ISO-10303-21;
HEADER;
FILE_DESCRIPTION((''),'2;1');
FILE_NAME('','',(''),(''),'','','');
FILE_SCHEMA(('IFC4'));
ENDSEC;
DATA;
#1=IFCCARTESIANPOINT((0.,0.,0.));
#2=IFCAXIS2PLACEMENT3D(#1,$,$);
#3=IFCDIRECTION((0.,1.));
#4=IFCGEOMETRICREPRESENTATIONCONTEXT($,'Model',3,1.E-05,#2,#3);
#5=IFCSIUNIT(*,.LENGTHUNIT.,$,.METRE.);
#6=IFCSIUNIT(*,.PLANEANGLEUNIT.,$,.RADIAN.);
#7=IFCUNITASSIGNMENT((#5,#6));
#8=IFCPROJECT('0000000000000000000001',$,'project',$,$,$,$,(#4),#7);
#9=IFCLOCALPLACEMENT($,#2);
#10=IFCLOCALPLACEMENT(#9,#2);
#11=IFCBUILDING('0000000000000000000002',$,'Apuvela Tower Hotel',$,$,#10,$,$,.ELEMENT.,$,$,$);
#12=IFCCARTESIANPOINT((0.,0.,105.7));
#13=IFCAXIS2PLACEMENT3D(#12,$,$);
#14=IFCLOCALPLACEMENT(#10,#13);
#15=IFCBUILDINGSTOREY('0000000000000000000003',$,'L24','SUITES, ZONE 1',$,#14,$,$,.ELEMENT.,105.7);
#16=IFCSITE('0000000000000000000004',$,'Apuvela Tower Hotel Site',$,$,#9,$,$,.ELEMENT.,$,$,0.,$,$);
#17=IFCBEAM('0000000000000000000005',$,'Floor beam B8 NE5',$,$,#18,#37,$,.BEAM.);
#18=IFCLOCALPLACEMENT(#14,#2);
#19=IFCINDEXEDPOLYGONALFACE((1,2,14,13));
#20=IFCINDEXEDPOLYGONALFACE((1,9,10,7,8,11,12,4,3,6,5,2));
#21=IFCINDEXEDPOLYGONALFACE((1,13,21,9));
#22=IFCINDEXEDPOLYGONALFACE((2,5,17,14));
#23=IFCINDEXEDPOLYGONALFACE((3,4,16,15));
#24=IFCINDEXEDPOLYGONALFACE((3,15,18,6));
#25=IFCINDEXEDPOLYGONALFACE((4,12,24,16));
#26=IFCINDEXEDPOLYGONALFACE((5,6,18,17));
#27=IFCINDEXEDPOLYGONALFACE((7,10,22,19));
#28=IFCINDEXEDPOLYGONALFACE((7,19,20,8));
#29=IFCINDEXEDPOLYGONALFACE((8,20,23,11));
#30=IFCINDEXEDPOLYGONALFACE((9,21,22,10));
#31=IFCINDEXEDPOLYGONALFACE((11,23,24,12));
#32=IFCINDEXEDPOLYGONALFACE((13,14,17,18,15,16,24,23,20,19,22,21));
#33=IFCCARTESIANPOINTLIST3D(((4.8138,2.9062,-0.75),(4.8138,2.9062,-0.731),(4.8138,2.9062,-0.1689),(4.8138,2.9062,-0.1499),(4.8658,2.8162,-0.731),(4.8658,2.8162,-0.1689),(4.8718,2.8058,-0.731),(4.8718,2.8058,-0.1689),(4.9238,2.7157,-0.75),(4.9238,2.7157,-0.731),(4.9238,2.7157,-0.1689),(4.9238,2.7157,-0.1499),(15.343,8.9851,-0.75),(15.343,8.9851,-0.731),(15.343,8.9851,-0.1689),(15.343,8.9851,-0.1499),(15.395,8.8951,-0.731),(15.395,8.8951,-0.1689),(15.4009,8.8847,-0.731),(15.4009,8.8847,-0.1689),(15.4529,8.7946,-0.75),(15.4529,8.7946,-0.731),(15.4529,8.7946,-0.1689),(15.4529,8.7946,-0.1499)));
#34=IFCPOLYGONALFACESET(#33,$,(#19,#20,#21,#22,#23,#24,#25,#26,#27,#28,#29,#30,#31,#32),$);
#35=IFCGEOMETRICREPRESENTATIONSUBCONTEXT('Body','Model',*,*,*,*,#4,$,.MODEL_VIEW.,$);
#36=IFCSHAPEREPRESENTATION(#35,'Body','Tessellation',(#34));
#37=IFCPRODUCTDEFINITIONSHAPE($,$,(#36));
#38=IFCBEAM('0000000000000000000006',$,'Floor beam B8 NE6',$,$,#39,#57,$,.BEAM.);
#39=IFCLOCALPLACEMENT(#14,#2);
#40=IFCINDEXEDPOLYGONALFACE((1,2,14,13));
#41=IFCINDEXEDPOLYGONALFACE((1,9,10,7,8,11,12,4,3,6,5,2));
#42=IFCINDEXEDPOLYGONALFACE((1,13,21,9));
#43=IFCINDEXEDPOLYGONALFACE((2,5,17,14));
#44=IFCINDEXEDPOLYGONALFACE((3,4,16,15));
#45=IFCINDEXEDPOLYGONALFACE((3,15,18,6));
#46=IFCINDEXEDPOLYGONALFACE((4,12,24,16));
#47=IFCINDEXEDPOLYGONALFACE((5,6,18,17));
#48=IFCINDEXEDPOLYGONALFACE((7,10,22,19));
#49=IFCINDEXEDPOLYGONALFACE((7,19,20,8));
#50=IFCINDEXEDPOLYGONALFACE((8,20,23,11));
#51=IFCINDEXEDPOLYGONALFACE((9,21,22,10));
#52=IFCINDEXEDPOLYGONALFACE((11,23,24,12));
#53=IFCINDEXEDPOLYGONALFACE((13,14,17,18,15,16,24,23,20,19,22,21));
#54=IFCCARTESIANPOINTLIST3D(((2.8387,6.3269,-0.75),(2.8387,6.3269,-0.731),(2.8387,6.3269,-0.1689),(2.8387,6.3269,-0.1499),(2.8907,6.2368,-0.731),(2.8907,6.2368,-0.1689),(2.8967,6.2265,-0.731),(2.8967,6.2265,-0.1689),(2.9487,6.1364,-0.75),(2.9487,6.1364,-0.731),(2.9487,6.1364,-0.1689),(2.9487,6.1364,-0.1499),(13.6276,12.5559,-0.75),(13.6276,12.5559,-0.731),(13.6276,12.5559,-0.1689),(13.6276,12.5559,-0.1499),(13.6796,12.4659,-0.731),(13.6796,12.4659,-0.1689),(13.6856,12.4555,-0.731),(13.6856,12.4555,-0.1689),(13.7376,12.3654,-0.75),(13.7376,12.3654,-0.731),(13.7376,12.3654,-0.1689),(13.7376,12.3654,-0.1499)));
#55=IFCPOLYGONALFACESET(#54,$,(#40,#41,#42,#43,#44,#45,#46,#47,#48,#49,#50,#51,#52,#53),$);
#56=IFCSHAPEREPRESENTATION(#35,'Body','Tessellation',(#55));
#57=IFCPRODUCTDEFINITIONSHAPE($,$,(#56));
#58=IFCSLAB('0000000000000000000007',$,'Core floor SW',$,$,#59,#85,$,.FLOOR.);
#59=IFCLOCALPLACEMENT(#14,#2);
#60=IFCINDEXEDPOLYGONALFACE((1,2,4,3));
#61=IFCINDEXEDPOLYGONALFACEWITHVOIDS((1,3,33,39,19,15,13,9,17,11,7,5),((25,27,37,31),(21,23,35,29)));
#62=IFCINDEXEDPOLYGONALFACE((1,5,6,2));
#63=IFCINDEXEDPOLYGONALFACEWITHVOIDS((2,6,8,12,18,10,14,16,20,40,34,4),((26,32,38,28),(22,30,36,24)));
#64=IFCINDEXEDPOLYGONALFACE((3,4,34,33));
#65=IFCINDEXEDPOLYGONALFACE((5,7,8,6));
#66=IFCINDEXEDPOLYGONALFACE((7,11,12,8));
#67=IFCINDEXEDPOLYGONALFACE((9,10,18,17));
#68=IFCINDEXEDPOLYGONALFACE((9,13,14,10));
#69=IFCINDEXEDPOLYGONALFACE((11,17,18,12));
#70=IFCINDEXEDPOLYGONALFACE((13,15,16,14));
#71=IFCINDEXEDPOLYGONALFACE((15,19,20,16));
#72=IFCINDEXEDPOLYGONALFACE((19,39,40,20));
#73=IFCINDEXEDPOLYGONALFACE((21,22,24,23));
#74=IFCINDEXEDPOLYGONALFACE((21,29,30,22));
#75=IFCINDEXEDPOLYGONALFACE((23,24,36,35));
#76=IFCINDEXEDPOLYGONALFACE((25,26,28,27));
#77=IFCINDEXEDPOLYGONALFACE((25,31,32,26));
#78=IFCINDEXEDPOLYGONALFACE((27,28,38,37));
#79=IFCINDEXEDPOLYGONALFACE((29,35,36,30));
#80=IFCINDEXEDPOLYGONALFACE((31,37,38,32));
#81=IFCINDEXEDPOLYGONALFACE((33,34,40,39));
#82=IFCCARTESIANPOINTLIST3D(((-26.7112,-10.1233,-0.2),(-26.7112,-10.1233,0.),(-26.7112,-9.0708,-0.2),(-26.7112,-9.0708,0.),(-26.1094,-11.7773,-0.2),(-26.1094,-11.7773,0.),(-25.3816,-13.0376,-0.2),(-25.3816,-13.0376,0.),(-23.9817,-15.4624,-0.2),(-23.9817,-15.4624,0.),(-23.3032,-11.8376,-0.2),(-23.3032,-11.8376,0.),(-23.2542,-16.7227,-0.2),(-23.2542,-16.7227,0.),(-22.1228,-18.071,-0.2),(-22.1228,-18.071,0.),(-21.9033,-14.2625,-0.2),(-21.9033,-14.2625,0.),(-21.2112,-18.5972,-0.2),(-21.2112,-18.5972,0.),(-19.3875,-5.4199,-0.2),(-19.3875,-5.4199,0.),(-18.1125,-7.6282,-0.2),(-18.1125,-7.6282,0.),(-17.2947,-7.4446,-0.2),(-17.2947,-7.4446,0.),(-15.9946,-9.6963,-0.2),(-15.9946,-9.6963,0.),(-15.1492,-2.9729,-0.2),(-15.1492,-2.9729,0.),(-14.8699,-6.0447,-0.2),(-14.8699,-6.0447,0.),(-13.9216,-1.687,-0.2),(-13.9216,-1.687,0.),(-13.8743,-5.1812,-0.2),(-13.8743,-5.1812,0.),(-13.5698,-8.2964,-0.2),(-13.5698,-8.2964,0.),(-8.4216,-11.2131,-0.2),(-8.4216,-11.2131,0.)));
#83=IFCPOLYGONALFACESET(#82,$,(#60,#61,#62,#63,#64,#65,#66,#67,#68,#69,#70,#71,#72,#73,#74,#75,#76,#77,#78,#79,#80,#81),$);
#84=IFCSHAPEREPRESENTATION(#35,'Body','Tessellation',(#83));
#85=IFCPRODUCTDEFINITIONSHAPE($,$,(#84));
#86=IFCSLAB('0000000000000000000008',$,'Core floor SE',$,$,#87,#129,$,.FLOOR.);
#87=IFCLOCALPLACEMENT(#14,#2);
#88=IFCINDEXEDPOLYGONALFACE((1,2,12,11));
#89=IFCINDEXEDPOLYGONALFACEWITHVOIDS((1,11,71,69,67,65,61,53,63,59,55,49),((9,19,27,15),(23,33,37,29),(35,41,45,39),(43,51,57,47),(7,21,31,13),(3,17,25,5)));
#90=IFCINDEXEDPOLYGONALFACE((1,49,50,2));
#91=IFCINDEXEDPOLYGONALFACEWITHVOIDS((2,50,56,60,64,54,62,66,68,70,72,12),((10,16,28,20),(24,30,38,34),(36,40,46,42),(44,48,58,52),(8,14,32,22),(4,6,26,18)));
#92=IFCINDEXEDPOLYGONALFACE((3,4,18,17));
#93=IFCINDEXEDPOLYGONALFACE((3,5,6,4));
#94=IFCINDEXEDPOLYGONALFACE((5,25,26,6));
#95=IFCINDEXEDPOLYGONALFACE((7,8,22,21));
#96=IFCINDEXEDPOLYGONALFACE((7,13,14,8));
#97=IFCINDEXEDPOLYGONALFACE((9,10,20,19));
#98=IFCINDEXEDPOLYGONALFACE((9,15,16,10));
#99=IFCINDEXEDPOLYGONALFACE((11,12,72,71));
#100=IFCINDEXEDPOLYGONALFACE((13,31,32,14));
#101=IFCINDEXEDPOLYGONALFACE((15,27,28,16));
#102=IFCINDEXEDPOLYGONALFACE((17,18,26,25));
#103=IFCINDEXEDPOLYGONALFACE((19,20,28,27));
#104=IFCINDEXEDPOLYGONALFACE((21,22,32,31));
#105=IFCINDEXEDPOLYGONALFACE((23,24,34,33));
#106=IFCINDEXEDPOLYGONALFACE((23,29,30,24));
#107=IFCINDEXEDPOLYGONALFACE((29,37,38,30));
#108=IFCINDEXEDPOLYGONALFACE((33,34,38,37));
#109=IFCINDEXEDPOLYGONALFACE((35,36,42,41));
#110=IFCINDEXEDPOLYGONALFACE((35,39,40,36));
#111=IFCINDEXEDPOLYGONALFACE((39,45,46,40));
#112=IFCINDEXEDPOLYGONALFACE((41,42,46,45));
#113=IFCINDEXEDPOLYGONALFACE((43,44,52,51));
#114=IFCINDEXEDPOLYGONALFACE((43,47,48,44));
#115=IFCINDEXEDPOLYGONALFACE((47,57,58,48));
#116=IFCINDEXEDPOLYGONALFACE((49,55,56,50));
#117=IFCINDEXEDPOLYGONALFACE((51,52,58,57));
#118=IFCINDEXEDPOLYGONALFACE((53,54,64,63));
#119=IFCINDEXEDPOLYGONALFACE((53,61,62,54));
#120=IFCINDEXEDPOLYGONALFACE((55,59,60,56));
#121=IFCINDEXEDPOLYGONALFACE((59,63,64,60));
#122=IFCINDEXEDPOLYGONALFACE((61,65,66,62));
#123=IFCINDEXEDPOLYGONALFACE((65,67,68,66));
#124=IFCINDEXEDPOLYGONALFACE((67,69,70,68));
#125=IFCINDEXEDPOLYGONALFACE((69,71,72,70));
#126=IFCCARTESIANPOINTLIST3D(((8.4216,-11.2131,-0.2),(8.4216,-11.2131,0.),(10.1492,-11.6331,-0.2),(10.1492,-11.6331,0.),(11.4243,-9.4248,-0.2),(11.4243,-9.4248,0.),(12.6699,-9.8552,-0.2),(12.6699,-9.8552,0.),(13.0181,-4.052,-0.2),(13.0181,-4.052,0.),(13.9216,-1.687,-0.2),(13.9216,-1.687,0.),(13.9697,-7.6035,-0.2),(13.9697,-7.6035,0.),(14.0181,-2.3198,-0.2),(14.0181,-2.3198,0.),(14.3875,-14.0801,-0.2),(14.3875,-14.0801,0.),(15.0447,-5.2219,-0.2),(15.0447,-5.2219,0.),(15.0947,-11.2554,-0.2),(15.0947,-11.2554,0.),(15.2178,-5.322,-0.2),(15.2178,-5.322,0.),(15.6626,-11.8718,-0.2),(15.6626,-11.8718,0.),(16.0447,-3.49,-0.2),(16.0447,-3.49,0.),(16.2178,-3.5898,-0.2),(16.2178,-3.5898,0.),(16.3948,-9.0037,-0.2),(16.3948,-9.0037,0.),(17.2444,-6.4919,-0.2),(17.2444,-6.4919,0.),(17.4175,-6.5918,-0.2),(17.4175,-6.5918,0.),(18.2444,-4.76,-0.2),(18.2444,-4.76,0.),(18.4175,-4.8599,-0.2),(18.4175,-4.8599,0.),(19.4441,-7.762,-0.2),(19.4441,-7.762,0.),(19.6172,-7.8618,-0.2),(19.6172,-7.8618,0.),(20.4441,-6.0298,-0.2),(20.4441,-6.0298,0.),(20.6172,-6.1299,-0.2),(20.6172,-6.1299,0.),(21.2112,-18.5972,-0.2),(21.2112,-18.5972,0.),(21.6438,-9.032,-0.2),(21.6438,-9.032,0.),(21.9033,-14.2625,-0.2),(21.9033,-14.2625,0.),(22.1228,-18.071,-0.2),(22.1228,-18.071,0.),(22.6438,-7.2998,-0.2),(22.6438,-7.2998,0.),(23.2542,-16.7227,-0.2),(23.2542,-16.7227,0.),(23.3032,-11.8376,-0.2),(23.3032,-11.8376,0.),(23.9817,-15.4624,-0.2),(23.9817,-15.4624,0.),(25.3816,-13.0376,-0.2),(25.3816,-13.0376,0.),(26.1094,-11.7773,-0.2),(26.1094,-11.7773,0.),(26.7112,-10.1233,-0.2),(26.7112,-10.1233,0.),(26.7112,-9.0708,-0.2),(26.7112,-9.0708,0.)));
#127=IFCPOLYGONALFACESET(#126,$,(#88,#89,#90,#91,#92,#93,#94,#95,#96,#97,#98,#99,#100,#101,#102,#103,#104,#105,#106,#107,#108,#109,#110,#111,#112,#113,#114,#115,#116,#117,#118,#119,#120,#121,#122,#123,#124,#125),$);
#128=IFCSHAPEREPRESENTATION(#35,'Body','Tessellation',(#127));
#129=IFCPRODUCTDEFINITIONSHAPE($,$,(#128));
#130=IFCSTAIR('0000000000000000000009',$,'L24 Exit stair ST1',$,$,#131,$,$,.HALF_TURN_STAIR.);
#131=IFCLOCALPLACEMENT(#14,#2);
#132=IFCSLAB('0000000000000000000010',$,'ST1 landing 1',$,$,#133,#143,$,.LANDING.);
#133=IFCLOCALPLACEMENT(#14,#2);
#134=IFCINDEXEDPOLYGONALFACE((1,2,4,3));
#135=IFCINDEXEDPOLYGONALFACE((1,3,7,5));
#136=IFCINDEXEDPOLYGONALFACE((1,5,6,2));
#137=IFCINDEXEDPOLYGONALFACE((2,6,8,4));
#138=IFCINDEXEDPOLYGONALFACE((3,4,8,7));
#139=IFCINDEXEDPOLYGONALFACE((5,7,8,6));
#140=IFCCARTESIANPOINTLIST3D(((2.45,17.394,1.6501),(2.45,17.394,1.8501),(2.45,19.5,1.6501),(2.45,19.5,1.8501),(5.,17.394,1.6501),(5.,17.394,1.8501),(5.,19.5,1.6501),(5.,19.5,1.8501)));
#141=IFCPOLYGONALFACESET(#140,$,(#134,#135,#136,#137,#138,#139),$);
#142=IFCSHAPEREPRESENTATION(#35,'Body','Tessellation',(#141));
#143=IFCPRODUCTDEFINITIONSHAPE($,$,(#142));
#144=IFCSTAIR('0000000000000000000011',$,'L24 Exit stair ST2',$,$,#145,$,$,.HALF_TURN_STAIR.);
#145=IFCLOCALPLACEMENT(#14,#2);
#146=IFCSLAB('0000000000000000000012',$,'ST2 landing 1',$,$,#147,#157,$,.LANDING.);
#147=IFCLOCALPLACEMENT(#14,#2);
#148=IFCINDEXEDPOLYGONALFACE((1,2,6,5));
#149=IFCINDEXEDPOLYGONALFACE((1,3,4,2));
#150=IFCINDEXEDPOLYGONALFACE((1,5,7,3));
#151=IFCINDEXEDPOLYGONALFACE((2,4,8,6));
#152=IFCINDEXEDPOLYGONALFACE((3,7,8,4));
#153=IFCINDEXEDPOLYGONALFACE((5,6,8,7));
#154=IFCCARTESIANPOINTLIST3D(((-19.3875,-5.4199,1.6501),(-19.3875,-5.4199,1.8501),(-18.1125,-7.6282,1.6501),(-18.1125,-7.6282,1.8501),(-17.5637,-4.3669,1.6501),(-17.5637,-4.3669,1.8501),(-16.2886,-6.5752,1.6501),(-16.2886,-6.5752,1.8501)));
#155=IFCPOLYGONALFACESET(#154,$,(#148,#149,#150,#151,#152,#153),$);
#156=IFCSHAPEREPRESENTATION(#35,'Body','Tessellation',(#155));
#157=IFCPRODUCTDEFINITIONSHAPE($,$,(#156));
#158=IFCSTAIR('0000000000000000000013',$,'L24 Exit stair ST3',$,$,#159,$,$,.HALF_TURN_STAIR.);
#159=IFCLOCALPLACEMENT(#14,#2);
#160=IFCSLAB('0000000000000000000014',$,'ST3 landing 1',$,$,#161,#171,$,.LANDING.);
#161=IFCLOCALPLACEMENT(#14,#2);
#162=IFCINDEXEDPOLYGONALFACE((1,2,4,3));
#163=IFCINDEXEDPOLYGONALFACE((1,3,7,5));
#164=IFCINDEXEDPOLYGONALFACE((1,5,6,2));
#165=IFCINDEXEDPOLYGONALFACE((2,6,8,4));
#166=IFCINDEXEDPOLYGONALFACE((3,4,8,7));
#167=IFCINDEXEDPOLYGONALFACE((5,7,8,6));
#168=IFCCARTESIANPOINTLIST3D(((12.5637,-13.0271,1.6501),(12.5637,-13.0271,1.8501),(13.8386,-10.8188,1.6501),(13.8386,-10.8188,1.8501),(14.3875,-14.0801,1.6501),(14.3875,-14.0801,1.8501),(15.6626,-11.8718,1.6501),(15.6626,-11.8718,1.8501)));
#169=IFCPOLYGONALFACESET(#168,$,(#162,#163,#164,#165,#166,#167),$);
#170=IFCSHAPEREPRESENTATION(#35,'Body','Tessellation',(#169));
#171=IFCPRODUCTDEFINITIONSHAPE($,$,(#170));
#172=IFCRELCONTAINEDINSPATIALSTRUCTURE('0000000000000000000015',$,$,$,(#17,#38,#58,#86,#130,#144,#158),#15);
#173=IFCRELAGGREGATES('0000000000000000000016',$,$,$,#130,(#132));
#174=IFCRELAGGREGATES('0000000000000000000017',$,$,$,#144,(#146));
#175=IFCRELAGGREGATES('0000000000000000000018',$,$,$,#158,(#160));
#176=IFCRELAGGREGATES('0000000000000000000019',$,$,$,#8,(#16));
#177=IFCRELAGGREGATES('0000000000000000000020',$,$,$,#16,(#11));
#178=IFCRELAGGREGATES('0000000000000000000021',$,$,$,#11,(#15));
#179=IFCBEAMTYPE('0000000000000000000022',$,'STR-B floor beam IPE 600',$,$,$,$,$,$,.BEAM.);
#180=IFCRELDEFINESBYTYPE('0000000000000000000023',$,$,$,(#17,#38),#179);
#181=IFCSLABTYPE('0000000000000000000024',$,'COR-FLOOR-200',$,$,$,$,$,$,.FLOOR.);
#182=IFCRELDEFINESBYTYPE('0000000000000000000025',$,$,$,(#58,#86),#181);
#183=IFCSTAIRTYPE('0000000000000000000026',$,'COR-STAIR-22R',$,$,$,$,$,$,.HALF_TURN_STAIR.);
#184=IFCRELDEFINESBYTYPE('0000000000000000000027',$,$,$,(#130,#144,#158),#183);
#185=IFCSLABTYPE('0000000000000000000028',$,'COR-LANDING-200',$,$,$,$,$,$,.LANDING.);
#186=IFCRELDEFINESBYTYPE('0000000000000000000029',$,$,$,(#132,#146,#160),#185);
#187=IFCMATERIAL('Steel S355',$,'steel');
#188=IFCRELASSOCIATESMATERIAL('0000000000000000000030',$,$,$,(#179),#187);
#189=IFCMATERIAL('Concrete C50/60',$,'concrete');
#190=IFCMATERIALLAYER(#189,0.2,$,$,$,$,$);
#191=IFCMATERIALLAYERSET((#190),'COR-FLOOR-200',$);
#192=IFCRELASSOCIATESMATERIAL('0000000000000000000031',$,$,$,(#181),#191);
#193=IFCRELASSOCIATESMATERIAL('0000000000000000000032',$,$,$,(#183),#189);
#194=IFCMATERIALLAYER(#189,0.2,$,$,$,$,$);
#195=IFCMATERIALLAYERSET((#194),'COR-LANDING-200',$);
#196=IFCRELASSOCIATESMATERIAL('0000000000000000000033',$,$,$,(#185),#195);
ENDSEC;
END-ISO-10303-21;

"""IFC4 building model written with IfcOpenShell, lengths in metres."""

from ifc_helpers import new_model, si_unit, direction, frame, origin, origin_2d, place, context, subcontext, project, spatial, polyline, i_section, outline, extrude, material, layer, layer_set, material_profile, profile_set, type_object, element, aggregate, save


model = new_model("IFC4")

# Units and contexts
model_context = context("Model", 3, precision=1e-05, world=origin(), true_north=direction((0.0, 1.0)))
body_context = subcontext(model_context, "Body", "Model", "MODEL_VIEW")
ifc_project = project(units=[si_unit("LENGTHUNIT", "METRE"), si_unit("PLANEANGLEUNIT", "RADIAN")], contexts=[model_context])

# Site, building, storey
site_placement = place(None, origin())
site = spatial("IfcSite", under=ifc_project, at=site_placement, Name="Apuvela Tower Hotel Site", CompositionType="ELEMENT", RefElevation=0.0)
building_placement = place(site_placement, origin())
building = spatial("IfcBuilding", under=site, at=building_placement, Name="Apuvela Tower Hotel", CompositionType="ELEMENT")
storey_placement = place(building_placement, frame((0.0, 0.0, 105.7)))
storey = spatial("IfcBuildingStorey", under=building, at=storey_placement, Name="L24", Description="SUITES, ZONE 1", CompositionType="ELEMENT", Elevation=105.7)

# Beams
ifc_material_1 = material(Name="Steel S355", Category="steel")
ifc_material_profile = material_profile(ifc_material_1, i_section(OverallWidth=0.22, OverallDepth=0.6001, WebThickness=0.012, FlangeThickness=0.019, at=origin_2d()), Name="IPE 600")
ifc_profile_set = profile_set([ifc_material_profile], Name="Steel S355")
beam_type = type_object("IfcBeamType", Name="STR-B floor beam IPE 600", PredefinedType="BEAM", material=ifc_profile_set)
beam_1_placement = place(storey_placement, frame((15.3979, 8.8899, -0.45), z_axis=(-0.866029, -0.499994, 0.0), x_axis=(0.499994, -0.866029, 0.0)))
element("IfcBeam", 1, at=beam_1_placement, inside=storey, type_object=beam_type, Name="Floor beam B8 NE5", PredefinedType="BEAM", context=body_context, shape_type="SweptSolid", body=[
    extrude(i_section(OverallWidth=0.22, OverallDepth=0.6001, WebThickness=0.012, FlangeThickness=0.019, at=origin_2d()), origin(), (0.0, 0.0, 1.0), 12.158),
])
beam_2_placement = place(storey_placement, frame((13.6826, 12.4607, -0.45), z_axis=(-0.866023, -0.500005, 0.0), x_axis=(0.500005, -0.866023, 0.0)))
element("IfcBeam", 2, at=beam_2_placement, inside=storey, type_object=beam_type, Name="Floor beam B8 NE6", PredefinedType="BEAM", context=body_context, shape_type="SweptSolid", body=[
    extrude(i_section(OverallWidth=0.22, OverallDepth=0.6001, WebThickness=0.012, FlangeThickness=0.019, at=origin_2d()), origin(), (0.0, 0.0, 1.0), 12.458),
])

# Slabs
ifc_material_2 = material(Name="Concrete C50/60", Category="concrete")
ifc_layer_1 = layer(ifc_material_2, 0.2)
ifc_layer_set_1 = layer_set([ifc_layer_1], Name="COR-FLOOR-200")
slab_type_1 = type_object("IfcSlabType", Name="COR-FLOOR-200", PredefinedType="FLOOR", material=ifc_layer_set_1)
slab_1_placement = place(storey_placement, frame((0.0, 0.0, -0.2)))
element("IfcSlab", 3, at=slab_1_placement, inside=storey, type_object=slab_type_1, Name="Core floor SW", PredefinedType="FLOOR", context=body_context, shape_type="SweptSolid", body=[
    extrude(outline(polyline([(-26.7112, -9.0708), (-26.7112, -10.1233), (-26.1094, -11.7773), (-25.3816, -13.0376), (-23.3032, -11.8376), (-21.9033, -14.2625), (-23.9817, -15.4624), (-23.2542, -16.7227), (-22.1228, -18.071), (-21.2112, -18.5972), (-8.4216, -11.2131), (-13.9216, -1.687), (-26.7112, -9.0708)]), holes=[polyline([(-13.8743, -5.1812), (-18.1125, -7.6282), (-19.3875, -5.4199), (-15.1492, -2.9729), (-13.8743, -5.1812)]), polyline([(-13.5698, -8.2964), (-15.9946, -9.6963), (-17.2947, -7.4446), (-14.8699, -6.0447), (-13.5698, -8.2964)])]), origin(), (0.0, 0.0, 1.0), 0.2),
])
slab_2_placement = place(storey_placement, frame((0.0, 0.0, -0.2)))
element("IfcSlab", 4, at=slab_2_placement, inside=storey, type_object=slab_type_1, Name="Core floor SE", PredefinedType="FLOOR", context=body_context, shape_type="SweptSolid", body=[
    extrude(outline(polyline([(21.2112, -18.5972), (22.1228, -18.071), (23.2542, -16.7227), (23.9817, -15.4624), (21.9033, -14.2625), (23.3032, -11.8376), (25.3816, -13.0376), (26.1094, -11.7773), (26.7112, -10.1233), (26.7112, -9.0708), (13.9216, -1.687), (8.4216, -11.2131), (21.2112, -18.5972)]), holes=[polyline([(13.0181, -4.052), (14.0181, -2.3198), (16.0447, -3.49), (15.0447, -5.2219), (13.0181, -4.052)]), polyline([(17.2444, -6.4919), (15.2178, -5.322), (16.2178, -3.5898), (18.2444, -4.76), (17.2444, -6.4919)]), polyline([(14.3875, -14.0801), (10.1492, -11.6331), (11.4243, -9.4248), (15.6626, -11.8718), (14.3875, -14.0801)]), polyline([(12.6699, -9.8552), (13.9697, -7.6035), (16.3948, -9.0037), (15.0947, -11.2554), (12.6699, -9.8552)]), polyline([(19.4441, -7.762), (17.4175, -6.5918), (18.4175, -4.8599), (20.4441, -6.0298), (19.4441, -7.762)]), polyline([(21.6438, -9.032), (19.6172, -7.8618), (20.6172, -6.1299), (22.6438, -7.2998), (21.6438, -9.032)])]), origin(), (0.0, 0.0, 1.0), 0.2),
])

# Stairs, slabs
stair_type = type_object("IfcStairType", Name="COR-STAIR-22R", PredefinedType="HALF_TURN_STAIR", material=ifc_material_2)
stair_1_placement = place(storey_placement, origin())
stair_1 = element("IfcStair", 5, at=stair_1_placement, inside=storey, type_object=stair_type, Name="L24 Exit stair ST1", PredefinedType="HALF_TURN_STAIR")
ifc_layer_2 = layer(ifc_material_2, 0.2)
ifc_layer_set_2 = layer_set([ifc_layer_2], Name="COR-LANDING-200")
slab_type_2 = type_object("IfcSlabType", Name="COR-LANDING-200", PredefinedType="LANDING", material=ifc_layer_set_2)
slab_3_placement = place(storey_placement, frame((0.0, 0.0, 1.6501)))
slab_3 = element("IfcSlab", 6, at=slab_3_placement, type_object=slab_type_2, Name="ST1 landing 1", PredefinedType="LANDING", context=body_context, shape_type="SweptSolid", body=[
    extrude(outline(polyline([(5.0, 17.394), (5.0, 19.5), (2.45, 19.5), (2.45, 17.394), (5.0, 17.394)])), origin(), (0.0, 0.0, 1.0), 0.2),
])
aggregate(stair_1, [slab_3])
stair_2_placement = place(storey_placement, origin())
stair_2 = element("IfcStair", 7, at=stair_2_placement, inside=storey, type_object=stair_type, Name="L24 Exit stair ST2", PredefinedType="HALF_TURN_STAIR")
slab_4_placement = place(storey_placement, frame((0.0, 0.0, 1.6501)))
slab_4 = element("IfcSlab", 8, at=slab_4_placement, type_object=slab_type_2, Name="ST2 landing 1", PredefinedType="LANDING", context=body_context, shape_type="SweptSolid", body=[
    extrude(outline(polyline([(-17.5637, -4.3669), (-19.3875, -5.4199), (-18.1125, -7.6282), (-16.2886, -6.5752), (-17.5637, -4.3669)])), origin(), (0.0, 0.0, 1.0), 0.2),
])
aggregate(stair_2, [slab_4])
stair_3_placement = place(storey_placement, origin())
stair_3 = element("IfcStair", 9, at=stair_3_placement, inside=storey, type_object=stair_type, Name="L24 Exit stair ST3", PredefinedType="HALF_TURN_STAIR")
slab_5_placement = place(storey_placement, frame((0.0, 0.0, 1.6501)))
slab_5 = element("IfcSlab", 10, at=slab_5_placement, type_object=slab_type_2, Name="ST3 landing 1", PredefinedType="LANDING", context=body_context, shape_type="SweptSolid", body=[
    extrude(outline(polyline([(12.5637, -13.0271), (14.3875, -14.0801), (15.6626, -11.8718), (13.8386, -10.8188), (12.5637, -13.0271)])), origin(), (0.0, 0.0, 1.0), 0.2),
])
aggregate(stair_3, [slab_5])

save(model, "model.ifc")
